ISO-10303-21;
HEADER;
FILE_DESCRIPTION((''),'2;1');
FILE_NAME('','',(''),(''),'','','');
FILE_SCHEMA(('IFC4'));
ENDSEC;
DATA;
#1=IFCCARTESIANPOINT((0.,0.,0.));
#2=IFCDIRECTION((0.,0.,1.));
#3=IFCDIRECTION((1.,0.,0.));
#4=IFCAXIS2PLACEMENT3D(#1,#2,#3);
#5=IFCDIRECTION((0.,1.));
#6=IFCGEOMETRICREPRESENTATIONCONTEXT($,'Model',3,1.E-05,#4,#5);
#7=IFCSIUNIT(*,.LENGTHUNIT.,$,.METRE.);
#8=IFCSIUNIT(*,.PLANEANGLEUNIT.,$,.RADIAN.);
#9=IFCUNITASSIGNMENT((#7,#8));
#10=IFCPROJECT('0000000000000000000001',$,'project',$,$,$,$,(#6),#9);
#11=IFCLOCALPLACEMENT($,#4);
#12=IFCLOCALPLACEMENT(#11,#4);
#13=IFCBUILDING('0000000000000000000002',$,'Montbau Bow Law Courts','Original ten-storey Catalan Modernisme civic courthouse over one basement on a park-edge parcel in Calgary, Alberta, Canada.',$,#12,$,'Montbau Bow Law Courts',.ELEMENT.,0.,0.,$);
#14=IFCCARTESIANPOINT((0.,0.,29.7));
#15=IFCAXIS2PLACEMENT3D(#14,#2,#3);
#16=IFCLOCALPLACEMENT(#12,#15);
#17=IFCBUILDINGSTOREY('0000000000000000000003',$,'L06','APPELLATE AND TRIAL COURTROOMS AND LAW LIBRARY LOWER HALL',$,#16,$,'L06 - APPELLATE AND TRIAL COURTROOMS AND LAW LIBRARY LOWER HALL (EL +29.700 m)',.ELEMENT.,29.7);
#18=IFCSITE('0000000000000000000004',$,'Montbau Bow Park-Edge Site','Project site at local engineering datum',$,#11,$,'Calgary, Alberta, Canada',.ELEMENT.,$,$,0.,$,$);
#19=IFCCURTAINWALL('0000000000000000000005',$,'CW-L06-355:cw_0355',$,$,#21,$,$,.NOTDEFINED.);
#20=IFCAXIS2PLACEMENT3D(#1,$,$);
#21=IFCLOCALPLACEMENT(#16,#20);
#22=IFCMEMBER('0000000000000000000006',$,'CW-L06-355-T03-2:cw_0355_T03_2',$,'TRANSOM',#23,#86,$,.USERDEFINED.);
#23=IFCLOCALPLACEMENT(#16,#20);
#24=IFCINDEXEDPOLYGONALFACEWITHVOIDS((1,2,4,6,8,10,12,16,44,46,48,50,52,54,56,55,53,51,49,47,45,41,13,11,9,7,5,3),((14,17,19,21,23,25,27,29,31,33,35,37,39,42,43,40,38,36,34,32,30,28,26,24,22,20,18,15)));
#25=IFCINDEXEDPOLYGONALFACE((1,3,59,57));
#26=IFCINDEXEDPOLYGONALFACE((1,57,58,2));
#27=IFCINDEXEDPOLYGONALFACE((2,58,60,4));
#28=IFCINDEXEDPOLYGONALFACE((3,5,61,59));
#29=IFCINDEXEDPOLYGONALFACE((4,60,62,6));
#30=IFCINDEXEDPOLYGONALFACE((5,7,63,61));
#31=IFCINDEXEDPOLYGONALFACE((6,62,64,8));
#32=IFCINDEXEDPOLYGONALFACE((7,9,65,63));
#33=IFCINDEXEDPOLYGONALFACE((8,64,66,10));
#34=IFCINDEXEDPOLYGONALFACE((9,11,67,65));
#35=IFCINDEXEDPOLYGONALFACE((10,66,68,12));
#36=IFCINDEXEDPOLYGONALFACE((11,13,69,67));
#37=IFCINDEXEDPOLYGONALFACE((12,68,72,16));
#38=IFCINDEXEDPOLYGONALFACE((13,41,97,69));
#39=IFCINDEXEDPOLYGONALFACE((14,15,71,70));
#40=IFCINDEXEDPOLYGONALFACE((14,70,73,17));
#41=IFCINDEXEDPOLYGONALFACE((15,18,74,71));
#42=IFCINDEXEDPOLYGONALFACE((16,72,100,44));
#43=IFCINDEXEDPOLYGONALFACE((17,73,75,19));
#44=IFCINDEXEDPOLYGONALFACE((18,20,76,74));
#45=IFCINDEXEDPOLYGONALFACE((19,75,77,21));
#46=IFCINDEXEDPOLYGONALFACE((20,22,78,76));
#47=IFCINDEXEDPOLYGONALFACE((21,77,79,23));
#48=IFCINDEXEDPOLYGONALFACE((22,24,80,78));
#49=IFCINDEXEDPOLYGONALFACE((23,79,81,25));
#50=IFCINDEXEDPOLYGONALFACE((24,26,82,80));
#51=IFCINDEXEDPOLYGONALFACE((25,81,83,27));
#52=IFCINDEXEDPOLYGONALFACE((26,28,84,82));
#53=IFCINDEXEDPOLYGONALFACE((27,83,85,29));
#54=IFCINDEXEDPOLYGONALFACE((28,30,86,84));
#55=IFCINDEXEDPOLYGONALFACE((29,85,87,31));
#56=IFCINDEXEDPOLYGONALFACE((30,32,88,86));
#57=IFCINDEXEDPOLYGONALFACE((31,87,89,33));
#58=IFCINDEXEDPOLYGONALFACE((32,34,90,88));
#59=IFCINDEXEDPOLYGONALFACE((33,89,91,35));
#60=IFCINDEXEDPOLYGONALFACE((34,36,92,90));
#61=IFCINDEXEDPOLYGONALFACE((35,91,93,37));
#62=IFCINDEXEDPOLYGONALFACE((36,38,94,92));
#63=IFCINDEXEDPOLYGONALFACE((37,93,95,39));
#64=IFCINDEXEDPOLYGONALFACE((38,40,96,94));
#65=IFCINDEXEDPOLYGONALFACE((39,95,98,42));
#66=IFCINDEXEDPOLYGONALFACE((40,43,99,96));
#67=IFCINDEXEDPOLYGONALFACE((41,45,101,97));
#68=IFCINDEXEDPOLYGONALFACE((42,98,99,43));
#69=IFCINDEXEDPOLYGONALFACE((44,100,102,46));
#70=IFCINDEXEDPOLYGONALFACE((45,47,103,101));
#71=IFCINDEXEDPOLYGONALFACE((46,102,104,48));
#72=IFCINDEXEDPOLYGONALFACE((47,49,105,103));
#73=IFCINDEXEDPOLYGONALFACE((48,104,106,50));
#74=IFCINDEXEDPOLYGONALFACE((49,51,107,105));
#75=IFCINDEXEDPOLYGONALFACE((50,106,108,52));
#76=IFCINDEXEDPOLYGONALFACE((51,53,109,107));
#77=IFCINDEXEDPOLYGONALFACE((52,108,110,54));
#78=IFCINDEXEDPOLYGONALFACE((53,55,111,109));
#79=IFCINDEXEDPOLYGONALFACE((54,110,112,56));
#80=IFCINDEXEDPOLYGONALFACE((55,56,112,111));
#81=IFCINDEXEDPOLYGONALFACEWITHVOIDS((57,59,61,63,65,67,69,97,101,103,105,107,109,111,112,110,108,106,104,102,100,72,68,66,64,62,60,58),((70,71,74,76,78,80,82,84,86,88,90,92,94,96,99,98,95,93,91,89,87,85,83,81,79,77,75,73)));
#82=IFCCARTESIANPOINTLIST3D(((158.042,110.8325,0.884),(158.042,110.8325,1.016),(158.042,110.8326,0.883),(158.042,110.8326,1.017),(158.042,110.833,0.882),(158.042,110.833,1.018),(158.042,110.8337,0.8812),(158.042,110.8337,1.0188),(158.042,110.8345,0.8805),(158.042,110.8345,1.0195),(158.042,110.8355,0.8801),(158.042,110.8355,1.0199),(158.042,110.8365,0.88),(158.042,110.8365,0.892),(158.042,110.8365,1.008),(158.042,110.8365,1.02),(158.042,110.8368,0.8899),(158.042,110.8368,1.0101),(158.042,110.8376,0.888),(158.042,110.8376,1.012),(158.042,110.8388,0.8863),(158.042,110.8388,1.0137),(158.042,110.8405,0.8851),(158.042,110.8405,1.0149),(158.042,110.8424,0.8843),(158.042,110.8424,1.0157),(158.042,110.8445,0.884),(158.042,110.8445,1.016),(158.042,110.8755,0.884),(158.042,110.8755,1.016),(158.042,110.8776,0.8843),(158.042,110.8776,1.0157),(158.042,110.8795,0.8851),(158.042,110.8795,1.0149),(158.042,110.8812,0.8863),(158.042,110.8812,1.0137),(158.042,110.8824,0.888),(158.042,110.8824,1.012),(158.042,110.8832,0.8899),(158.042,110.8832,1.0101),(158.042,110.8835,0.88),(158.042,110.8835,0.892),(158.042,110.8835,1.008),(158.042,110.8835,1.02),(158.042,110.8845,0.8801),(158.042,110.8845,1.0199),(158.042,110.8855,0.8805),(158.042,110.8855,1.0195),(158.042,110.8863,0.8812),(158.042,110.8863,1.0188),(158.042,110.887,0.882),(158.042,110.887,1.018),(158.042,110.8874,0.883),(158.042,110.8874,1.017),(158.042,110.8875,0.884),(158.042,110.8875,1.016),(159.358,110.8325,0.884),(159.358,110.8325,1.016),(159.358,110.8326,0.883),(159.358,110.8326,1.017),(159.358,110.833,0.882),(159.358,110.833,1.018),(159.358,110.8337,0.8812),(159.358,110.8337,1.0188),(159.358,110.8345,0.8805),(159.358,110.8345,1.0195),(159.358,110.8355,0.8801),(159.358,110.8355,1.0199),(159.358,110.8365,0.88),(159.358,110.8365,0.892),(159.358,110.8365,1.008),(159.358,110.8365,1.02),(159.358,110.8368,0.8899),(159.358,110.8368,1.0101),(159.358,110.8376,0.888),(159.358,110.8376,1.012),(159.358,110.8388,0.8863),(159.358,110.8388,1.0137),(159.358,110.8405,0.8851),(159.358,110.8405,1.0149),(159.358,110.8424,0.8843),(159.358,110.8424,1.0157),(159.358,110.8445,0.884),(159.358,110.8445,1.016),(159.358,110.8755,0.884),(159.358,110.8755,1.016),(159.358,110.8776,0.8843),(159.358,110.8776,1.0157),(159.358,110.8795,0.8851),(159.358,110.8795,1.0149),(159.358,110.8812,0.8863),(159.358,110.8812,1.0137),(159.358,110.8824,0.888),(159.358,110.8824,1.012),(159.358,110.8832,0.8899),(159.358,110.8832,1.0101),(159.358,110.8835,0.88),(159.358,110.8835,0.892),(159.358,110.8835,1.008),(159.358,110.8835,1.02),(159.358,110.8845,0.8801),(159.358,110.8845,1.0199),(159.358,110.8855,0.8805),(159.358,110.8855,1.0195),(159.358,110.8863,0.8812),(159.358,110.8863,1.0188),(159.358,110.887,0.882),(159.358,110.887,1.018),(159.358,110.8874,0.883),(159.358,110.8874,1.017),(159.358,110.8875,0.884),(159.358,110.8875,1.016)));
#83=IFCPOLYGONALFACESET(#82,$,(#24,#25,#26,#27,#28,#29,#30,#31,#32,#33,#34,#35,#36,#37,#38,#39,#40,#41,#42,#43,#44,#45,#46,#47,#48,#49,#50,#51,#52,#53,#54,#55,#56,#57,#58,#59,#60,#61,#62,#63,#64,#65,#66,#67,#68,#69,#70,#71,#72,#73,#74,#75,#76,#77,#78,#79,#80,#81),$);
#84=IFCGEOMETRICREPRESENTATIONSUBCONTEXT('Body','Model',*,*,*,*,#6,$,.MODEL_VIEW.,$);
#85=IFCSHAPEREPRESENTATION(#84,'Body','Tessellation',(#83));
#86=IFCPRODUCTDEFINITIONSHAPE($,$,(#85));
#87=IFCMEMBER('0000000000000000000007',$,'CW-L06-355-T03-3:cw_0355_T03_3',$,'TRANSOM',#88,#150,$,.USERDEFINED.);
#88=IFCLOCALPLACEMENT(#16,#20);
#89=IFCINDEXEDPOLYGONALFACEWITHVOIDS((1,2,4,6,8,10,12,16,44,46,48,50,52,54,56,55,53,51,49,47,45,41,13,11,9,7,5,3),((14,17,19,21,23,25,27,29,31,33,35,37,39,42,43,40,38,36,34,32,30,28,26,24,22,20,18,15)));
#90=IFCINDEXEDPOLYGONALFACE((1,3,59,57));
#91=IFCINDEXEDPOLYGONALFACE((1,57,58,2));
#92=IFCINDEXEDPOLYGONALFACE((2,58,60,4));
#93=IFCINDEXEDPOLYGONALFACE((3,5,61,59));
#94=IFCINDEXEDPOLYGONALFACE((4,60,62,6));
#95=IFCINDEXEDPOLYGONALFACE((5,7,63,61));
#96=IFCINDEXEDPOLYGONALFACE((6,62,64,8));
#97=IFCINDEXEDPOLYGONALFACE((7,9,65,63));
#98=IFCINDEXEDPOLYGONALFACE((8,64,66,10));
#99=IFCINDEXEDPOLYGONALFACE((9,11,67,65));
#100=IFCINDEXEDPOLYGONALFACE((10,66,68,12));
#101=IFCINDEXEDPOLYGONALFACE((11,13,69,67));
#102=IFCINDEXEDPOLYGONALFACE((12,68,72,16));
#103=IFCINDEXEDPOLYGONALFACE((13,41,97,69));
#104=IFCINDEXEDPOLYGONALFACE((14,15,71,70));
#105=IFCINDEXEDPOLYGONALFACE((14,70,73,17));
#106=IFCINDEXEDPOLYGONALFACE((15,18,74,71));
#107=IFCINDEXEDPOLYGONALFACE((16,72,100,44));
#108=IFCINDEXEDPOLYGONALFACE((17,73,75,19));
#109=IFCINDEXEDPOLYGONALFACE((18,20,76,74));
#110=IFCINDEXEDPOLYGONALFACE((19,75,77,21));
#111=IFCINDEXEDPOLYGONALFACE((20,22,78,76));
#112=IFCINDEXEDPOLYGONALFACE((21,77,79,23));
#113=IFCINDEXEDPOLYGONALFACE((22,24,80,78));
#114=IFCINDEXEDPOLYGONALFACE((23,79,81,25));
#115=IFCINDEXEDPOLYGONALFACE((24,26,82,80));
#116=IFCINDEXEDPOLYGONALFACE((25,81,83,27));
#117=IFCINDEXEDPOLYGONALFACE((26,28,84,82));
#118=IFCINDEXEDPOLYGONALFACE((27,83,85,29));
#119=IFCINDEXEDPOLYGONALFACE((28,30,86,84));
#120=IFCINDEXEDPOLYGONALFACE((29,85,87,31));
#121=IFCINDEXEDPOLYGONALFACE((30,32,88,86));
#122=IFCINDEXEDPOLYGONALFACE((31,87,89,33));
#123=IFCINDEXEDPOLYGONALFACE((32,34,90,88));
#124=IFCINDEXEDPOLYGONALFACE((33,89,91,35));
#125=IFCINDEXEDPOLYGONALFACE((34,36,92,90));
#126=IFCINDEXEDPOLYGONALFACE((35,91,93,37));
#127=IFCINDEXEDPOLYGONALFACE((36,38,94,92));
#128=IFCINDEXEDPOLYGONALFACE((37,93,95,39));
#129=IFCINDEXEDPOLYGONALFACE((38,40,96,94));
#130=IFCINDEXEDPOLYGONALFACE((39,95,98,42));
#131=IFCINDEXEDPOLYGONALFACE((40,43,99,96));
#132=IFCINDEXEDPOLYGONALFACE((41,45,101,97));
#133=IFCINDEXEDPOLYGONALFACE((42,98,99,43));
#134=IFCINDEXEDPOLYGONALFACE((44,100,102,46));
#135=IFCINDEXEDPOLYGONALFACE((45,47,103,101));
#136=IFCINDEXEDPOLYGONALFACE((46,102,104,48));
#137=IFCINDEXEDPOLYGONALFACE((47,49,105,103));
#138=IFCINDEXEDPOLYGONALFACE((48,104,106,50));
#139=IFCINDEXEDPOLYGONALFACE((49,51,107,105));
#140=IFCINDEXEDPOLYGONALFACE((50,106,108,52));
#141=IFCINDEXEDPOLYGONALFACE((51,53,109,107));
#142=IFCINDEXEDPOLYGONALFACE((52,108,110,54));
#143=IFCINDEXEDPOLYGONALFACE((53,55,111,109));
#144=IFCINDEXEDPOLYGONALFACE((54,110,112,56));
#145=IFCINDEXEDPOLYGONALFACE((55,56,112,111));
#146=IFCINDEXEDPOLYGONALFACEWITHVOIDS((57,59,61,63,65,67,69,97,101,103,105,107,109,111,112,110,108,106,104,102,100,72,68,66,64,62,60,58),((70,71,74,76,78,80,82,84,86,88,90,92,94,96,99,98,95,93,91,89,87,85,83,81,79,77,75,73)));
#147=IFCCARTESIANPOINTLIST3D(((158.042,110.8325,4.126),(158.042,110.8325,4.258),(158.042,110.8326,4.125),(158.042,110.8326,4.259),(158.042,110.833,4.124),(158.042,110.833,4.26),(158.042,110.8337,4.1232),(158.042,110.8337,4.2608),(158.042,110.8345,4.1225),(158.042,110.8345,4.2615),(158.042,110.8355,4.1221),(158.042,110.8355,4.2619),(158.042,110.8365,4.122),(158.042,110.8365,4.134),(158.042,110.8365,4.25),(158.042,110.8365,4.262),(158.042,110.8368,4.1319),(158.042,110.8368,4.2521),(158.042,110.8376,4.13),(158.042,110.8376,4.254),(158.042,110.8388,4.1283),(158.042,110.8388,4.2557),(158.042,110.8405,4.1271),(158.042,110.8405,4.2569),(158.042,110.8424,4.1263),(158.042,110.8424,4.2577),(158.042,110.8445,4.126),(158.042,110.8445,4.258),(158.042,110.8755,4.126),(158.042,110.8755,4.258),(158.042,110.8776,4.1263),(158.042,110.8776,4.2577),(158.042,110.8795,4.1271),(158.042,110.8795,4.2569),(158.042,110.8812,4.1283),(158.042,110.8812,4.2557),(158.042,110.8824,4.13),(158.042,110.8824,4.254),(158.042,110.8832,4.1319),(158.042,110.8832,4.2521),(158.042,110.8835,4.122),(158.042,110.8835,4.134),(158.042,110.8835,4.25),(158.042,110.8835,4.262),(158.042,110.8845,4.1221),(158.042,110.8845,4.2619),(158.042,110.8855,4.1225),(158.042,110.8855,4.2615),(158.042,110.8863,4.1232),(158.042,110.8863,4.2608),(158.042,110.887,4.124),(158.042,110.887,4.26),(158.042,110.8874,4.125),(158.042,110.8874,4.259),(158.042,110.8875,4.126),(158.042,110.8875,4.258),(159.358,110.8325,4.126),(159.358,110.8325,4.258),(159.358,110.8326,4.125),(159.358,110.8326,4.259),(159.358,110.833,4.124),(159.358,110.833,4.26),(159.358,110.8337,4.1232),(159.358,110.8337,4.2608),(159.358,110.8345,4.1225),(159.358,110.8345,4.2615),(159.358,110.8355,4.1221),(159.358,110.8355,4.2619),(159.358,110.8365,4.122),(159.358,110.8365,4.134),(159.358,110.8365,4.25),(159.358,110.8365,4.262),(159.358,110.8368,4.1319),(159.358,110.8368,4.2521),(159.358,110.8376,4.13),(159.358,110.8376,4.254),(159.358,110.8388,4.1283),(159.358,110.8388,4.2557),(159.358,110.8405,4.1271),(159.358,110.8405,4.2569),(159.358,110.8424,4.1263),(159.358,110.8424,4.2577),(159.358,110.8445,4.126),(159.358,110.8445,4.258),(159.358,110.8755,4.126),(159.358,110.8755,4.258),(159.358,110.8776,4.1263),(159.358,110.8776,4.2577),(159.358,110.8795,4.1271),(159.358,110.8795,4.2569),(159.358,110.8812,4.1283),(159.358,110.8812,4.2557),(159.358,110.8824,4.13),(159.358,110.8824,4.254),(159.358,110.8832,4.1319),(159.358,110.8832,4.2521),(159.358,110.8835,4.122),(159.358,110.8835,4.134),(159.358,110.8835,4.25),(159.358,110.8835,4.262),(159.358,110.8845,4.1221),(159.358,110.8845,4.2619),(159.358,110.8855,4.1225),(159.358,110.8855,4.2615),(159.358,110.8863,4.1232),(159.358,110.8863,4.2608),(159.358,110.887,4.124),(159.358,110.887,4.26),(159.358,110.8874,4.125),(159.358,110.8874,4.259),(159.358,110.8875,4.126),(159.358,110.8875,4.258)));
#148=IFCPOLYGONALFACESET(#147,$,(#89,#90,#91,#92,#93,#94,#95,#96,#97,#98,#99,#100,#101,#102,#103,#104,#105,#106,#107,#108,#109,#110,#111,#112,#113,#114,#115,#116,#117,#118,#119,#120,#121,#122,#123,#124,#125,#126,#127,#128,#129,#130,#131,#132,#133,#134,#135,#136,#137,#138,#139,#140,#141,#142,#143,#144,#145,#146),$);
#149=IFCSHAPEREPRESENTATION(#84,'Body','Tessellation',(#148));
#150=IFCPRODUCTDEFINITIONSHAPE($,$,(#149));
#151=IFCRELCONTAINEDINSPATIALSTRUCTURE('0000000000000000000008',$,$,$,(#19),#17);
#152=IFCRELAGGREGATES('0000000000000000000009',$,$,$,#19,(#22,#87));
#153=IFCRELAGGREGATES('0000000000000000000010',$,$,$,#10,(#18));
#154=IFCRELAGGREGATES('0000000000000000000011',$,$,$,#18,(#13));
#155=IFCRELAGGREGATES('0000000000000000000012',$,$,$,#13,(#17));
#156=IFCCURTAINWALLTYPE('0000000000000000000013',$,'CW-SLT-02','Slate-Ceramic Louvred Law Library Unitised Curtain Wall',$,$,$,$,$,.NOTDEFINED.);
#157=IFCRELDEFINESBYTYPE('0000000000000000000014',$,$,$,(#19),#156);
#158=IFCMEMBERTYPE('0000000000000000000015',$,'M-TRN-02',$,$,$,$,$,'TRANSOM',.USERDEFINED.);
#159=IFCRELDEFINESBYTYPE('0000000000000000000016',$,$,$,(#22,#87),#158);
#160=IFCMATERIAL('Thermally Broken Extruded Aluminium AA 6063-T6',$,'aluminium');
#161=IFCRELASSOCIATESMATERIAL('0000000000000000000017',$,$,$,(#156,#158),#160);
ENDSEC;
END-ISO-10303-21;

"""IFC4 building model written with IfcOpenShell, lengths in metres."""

from ifc_helpers import new_model, si_unit, direction, frame, origin_with_axes, origin_2d_with_axis, place, context, subcontext, project, spatial, hollow_rectangle, extrude, material, material_profile, profile_set, type_object, element, aggregate, save


model = new_model("IFC4")

# Units and contexts
model_context = context("Model", 3, precision=1e-05, world=origin_with_axes(), true_north=direction((0.0, 1.0)))
body_context = subcontext(model_context, "Body", "Model", "MODEL_VIEW")
ifc_project = project(units=[si_unit("LENGTHUNIT", "METRE"), si_unit("PLANEANGLEUNIT", "RADIAN")], contexts=[model_context])

# Site, building, storey
site_placement = place(None, origin_with_axes())
site = spatial("IfcSite", under=ifc_project, at=site_placement, Name="Montbau Bow Park-Edge Site", Description="Project site at local engineering datum", LongName="Calgary, Alberta, Canada", CompositionType="ELEMENT", RefElevation=0.0)
building_placement = place(site_placement, origin_with_axes())
building = spatial("IfcBuilding", under=site, at=building_placement, Name="Montbau Bow Law Courts", Description="Original ten-storey Catalan Modernisme civic courthouse over one basement on a park-edge parcel in Calgary, Alberta, Canada.", LongName="Montbau Bow Law Courts", CompositionType="ELEMENT", ElevationOfRefHeight=0.0, ElevationOfTerrain=0.0)
storey_placement = place(building_placement, frame((0.0, 0.0, 29.7), z_axis=(0.0, 0.0, 1.0), x_axis=(1.0, 0.0, 0.0)))
storey = spatial("IfcBuildingStorey", under=building, at=storey_placement, Name="L06", Description="APPELLATE AND TRIAL COURTROOMS AND LAW LIBRARY LOWER HALL", LongName="L06 - APPELLATE AND TRIAL COURTROOMS AND LAW LIBRARY LOWER HALL (EL +29.700 m)", CompositionType="ELEMENT", Elevation=29.7)

# Curtain wall, members
ifc_material_1 = material(Name="Thermally Broken Extruded Aluminium AA 6063-T6", Category="aluminium")
curtain_wall_type = type_object("IfcCurtainWallType", Name="CW-SLT-02", Description="Slate-Ceramic Louvred Law Library Unitised Curtain Wall", PredefinedType="NOTDEFINED", material=ifc_material_1)
curtain_wall_placement = place(None, frame((155.24, 110.86, 29.7), z_axis=(0.0, 0.0, 1.0), x_axis=(1.0, 0.0, 0.0)))
curtain_wall = element("IfcCurtainWall", 1, at=curtain_wall_placement, inside=storey, type_object=curtain_wall_type, Name="CW-L06-355:cw_0355", PredefinedType="NOTDEFINED")
ifc_material_profile_1 = material_profile(ifc_material_1, hollow_rectangle(XDim=0.055, YDim=0.14, WallThickness=0.004, InnerFilletRadius=0.008, OuterFilletRadius=0.004, at=origin_2d_with_axis()), Name="CWT-140X55", Category="Main", Priority=0)
ifc_profile_set_1 = profile_set([ifc_material_profile_1], Name="Thermally Broken Extruded Aluminium AA 6063-T6")
member_type_1 = type_object("IfcMemberType", Name="M-TRN-02", ElementType="TRANSOM", PredefinedType="USERDEFINED", material=ifc_profile_set_1)
member_1_placement = place(None, frame((158.042, 110.86, 30.65), z_axis=(1.0, 0.0, 0.0), x_axis=(0.0, 1.0, 0.0)))
member_1 = element("IfcMember", 2, at=member_1_placement, type_object=member_type_1, Name="CW-L06-355-T03-2:cw_0355_T03_2", ObjectType="TRANSOM", PredefinedType="USERDEFINED", context=body_context, shape_type="SweptSolid", body=[
    extrude(hollow_rectangle(XDim=0.055, YDim=0.14, WallThickness=0.004, InnerFilletRadius=0.008, OuterFilletRadius=0.004, at=origin_2d_with_axis()), origin_with_axes(), (0.0, 0.0, 1.0), 1.316),
])
member_2_placement = place(None, frame((158.042, 110.86, 33.892), z_axis=(1.0, 0.0, 0.0), x_axis=(0.0, 1.0, 0.0)))
member_2 = element("IfcMember", 3, at=member_2_placement, type_object=member_type_1, Name="CW-L06-355-T03-3:cw_0355_T03_3", ObjectType="TRANSOM", PredefinedType="USERDEFINED", context=body_context, shape_type="SweptSolid", body=[
    extrude(hollow_rectangle(XDim=0.055, YDim=0.14, WallThickness=0.004, InnerFilletRadius=0.008, OuterFilletRadius=0.004, at=origin_2d_with_axis()), origin_with_axes(), (0.0, 0.0, 1.0), 1.316),
])
aggregate(curtain_wall, [member_1, member_2])

save(model, "model.ifc")
